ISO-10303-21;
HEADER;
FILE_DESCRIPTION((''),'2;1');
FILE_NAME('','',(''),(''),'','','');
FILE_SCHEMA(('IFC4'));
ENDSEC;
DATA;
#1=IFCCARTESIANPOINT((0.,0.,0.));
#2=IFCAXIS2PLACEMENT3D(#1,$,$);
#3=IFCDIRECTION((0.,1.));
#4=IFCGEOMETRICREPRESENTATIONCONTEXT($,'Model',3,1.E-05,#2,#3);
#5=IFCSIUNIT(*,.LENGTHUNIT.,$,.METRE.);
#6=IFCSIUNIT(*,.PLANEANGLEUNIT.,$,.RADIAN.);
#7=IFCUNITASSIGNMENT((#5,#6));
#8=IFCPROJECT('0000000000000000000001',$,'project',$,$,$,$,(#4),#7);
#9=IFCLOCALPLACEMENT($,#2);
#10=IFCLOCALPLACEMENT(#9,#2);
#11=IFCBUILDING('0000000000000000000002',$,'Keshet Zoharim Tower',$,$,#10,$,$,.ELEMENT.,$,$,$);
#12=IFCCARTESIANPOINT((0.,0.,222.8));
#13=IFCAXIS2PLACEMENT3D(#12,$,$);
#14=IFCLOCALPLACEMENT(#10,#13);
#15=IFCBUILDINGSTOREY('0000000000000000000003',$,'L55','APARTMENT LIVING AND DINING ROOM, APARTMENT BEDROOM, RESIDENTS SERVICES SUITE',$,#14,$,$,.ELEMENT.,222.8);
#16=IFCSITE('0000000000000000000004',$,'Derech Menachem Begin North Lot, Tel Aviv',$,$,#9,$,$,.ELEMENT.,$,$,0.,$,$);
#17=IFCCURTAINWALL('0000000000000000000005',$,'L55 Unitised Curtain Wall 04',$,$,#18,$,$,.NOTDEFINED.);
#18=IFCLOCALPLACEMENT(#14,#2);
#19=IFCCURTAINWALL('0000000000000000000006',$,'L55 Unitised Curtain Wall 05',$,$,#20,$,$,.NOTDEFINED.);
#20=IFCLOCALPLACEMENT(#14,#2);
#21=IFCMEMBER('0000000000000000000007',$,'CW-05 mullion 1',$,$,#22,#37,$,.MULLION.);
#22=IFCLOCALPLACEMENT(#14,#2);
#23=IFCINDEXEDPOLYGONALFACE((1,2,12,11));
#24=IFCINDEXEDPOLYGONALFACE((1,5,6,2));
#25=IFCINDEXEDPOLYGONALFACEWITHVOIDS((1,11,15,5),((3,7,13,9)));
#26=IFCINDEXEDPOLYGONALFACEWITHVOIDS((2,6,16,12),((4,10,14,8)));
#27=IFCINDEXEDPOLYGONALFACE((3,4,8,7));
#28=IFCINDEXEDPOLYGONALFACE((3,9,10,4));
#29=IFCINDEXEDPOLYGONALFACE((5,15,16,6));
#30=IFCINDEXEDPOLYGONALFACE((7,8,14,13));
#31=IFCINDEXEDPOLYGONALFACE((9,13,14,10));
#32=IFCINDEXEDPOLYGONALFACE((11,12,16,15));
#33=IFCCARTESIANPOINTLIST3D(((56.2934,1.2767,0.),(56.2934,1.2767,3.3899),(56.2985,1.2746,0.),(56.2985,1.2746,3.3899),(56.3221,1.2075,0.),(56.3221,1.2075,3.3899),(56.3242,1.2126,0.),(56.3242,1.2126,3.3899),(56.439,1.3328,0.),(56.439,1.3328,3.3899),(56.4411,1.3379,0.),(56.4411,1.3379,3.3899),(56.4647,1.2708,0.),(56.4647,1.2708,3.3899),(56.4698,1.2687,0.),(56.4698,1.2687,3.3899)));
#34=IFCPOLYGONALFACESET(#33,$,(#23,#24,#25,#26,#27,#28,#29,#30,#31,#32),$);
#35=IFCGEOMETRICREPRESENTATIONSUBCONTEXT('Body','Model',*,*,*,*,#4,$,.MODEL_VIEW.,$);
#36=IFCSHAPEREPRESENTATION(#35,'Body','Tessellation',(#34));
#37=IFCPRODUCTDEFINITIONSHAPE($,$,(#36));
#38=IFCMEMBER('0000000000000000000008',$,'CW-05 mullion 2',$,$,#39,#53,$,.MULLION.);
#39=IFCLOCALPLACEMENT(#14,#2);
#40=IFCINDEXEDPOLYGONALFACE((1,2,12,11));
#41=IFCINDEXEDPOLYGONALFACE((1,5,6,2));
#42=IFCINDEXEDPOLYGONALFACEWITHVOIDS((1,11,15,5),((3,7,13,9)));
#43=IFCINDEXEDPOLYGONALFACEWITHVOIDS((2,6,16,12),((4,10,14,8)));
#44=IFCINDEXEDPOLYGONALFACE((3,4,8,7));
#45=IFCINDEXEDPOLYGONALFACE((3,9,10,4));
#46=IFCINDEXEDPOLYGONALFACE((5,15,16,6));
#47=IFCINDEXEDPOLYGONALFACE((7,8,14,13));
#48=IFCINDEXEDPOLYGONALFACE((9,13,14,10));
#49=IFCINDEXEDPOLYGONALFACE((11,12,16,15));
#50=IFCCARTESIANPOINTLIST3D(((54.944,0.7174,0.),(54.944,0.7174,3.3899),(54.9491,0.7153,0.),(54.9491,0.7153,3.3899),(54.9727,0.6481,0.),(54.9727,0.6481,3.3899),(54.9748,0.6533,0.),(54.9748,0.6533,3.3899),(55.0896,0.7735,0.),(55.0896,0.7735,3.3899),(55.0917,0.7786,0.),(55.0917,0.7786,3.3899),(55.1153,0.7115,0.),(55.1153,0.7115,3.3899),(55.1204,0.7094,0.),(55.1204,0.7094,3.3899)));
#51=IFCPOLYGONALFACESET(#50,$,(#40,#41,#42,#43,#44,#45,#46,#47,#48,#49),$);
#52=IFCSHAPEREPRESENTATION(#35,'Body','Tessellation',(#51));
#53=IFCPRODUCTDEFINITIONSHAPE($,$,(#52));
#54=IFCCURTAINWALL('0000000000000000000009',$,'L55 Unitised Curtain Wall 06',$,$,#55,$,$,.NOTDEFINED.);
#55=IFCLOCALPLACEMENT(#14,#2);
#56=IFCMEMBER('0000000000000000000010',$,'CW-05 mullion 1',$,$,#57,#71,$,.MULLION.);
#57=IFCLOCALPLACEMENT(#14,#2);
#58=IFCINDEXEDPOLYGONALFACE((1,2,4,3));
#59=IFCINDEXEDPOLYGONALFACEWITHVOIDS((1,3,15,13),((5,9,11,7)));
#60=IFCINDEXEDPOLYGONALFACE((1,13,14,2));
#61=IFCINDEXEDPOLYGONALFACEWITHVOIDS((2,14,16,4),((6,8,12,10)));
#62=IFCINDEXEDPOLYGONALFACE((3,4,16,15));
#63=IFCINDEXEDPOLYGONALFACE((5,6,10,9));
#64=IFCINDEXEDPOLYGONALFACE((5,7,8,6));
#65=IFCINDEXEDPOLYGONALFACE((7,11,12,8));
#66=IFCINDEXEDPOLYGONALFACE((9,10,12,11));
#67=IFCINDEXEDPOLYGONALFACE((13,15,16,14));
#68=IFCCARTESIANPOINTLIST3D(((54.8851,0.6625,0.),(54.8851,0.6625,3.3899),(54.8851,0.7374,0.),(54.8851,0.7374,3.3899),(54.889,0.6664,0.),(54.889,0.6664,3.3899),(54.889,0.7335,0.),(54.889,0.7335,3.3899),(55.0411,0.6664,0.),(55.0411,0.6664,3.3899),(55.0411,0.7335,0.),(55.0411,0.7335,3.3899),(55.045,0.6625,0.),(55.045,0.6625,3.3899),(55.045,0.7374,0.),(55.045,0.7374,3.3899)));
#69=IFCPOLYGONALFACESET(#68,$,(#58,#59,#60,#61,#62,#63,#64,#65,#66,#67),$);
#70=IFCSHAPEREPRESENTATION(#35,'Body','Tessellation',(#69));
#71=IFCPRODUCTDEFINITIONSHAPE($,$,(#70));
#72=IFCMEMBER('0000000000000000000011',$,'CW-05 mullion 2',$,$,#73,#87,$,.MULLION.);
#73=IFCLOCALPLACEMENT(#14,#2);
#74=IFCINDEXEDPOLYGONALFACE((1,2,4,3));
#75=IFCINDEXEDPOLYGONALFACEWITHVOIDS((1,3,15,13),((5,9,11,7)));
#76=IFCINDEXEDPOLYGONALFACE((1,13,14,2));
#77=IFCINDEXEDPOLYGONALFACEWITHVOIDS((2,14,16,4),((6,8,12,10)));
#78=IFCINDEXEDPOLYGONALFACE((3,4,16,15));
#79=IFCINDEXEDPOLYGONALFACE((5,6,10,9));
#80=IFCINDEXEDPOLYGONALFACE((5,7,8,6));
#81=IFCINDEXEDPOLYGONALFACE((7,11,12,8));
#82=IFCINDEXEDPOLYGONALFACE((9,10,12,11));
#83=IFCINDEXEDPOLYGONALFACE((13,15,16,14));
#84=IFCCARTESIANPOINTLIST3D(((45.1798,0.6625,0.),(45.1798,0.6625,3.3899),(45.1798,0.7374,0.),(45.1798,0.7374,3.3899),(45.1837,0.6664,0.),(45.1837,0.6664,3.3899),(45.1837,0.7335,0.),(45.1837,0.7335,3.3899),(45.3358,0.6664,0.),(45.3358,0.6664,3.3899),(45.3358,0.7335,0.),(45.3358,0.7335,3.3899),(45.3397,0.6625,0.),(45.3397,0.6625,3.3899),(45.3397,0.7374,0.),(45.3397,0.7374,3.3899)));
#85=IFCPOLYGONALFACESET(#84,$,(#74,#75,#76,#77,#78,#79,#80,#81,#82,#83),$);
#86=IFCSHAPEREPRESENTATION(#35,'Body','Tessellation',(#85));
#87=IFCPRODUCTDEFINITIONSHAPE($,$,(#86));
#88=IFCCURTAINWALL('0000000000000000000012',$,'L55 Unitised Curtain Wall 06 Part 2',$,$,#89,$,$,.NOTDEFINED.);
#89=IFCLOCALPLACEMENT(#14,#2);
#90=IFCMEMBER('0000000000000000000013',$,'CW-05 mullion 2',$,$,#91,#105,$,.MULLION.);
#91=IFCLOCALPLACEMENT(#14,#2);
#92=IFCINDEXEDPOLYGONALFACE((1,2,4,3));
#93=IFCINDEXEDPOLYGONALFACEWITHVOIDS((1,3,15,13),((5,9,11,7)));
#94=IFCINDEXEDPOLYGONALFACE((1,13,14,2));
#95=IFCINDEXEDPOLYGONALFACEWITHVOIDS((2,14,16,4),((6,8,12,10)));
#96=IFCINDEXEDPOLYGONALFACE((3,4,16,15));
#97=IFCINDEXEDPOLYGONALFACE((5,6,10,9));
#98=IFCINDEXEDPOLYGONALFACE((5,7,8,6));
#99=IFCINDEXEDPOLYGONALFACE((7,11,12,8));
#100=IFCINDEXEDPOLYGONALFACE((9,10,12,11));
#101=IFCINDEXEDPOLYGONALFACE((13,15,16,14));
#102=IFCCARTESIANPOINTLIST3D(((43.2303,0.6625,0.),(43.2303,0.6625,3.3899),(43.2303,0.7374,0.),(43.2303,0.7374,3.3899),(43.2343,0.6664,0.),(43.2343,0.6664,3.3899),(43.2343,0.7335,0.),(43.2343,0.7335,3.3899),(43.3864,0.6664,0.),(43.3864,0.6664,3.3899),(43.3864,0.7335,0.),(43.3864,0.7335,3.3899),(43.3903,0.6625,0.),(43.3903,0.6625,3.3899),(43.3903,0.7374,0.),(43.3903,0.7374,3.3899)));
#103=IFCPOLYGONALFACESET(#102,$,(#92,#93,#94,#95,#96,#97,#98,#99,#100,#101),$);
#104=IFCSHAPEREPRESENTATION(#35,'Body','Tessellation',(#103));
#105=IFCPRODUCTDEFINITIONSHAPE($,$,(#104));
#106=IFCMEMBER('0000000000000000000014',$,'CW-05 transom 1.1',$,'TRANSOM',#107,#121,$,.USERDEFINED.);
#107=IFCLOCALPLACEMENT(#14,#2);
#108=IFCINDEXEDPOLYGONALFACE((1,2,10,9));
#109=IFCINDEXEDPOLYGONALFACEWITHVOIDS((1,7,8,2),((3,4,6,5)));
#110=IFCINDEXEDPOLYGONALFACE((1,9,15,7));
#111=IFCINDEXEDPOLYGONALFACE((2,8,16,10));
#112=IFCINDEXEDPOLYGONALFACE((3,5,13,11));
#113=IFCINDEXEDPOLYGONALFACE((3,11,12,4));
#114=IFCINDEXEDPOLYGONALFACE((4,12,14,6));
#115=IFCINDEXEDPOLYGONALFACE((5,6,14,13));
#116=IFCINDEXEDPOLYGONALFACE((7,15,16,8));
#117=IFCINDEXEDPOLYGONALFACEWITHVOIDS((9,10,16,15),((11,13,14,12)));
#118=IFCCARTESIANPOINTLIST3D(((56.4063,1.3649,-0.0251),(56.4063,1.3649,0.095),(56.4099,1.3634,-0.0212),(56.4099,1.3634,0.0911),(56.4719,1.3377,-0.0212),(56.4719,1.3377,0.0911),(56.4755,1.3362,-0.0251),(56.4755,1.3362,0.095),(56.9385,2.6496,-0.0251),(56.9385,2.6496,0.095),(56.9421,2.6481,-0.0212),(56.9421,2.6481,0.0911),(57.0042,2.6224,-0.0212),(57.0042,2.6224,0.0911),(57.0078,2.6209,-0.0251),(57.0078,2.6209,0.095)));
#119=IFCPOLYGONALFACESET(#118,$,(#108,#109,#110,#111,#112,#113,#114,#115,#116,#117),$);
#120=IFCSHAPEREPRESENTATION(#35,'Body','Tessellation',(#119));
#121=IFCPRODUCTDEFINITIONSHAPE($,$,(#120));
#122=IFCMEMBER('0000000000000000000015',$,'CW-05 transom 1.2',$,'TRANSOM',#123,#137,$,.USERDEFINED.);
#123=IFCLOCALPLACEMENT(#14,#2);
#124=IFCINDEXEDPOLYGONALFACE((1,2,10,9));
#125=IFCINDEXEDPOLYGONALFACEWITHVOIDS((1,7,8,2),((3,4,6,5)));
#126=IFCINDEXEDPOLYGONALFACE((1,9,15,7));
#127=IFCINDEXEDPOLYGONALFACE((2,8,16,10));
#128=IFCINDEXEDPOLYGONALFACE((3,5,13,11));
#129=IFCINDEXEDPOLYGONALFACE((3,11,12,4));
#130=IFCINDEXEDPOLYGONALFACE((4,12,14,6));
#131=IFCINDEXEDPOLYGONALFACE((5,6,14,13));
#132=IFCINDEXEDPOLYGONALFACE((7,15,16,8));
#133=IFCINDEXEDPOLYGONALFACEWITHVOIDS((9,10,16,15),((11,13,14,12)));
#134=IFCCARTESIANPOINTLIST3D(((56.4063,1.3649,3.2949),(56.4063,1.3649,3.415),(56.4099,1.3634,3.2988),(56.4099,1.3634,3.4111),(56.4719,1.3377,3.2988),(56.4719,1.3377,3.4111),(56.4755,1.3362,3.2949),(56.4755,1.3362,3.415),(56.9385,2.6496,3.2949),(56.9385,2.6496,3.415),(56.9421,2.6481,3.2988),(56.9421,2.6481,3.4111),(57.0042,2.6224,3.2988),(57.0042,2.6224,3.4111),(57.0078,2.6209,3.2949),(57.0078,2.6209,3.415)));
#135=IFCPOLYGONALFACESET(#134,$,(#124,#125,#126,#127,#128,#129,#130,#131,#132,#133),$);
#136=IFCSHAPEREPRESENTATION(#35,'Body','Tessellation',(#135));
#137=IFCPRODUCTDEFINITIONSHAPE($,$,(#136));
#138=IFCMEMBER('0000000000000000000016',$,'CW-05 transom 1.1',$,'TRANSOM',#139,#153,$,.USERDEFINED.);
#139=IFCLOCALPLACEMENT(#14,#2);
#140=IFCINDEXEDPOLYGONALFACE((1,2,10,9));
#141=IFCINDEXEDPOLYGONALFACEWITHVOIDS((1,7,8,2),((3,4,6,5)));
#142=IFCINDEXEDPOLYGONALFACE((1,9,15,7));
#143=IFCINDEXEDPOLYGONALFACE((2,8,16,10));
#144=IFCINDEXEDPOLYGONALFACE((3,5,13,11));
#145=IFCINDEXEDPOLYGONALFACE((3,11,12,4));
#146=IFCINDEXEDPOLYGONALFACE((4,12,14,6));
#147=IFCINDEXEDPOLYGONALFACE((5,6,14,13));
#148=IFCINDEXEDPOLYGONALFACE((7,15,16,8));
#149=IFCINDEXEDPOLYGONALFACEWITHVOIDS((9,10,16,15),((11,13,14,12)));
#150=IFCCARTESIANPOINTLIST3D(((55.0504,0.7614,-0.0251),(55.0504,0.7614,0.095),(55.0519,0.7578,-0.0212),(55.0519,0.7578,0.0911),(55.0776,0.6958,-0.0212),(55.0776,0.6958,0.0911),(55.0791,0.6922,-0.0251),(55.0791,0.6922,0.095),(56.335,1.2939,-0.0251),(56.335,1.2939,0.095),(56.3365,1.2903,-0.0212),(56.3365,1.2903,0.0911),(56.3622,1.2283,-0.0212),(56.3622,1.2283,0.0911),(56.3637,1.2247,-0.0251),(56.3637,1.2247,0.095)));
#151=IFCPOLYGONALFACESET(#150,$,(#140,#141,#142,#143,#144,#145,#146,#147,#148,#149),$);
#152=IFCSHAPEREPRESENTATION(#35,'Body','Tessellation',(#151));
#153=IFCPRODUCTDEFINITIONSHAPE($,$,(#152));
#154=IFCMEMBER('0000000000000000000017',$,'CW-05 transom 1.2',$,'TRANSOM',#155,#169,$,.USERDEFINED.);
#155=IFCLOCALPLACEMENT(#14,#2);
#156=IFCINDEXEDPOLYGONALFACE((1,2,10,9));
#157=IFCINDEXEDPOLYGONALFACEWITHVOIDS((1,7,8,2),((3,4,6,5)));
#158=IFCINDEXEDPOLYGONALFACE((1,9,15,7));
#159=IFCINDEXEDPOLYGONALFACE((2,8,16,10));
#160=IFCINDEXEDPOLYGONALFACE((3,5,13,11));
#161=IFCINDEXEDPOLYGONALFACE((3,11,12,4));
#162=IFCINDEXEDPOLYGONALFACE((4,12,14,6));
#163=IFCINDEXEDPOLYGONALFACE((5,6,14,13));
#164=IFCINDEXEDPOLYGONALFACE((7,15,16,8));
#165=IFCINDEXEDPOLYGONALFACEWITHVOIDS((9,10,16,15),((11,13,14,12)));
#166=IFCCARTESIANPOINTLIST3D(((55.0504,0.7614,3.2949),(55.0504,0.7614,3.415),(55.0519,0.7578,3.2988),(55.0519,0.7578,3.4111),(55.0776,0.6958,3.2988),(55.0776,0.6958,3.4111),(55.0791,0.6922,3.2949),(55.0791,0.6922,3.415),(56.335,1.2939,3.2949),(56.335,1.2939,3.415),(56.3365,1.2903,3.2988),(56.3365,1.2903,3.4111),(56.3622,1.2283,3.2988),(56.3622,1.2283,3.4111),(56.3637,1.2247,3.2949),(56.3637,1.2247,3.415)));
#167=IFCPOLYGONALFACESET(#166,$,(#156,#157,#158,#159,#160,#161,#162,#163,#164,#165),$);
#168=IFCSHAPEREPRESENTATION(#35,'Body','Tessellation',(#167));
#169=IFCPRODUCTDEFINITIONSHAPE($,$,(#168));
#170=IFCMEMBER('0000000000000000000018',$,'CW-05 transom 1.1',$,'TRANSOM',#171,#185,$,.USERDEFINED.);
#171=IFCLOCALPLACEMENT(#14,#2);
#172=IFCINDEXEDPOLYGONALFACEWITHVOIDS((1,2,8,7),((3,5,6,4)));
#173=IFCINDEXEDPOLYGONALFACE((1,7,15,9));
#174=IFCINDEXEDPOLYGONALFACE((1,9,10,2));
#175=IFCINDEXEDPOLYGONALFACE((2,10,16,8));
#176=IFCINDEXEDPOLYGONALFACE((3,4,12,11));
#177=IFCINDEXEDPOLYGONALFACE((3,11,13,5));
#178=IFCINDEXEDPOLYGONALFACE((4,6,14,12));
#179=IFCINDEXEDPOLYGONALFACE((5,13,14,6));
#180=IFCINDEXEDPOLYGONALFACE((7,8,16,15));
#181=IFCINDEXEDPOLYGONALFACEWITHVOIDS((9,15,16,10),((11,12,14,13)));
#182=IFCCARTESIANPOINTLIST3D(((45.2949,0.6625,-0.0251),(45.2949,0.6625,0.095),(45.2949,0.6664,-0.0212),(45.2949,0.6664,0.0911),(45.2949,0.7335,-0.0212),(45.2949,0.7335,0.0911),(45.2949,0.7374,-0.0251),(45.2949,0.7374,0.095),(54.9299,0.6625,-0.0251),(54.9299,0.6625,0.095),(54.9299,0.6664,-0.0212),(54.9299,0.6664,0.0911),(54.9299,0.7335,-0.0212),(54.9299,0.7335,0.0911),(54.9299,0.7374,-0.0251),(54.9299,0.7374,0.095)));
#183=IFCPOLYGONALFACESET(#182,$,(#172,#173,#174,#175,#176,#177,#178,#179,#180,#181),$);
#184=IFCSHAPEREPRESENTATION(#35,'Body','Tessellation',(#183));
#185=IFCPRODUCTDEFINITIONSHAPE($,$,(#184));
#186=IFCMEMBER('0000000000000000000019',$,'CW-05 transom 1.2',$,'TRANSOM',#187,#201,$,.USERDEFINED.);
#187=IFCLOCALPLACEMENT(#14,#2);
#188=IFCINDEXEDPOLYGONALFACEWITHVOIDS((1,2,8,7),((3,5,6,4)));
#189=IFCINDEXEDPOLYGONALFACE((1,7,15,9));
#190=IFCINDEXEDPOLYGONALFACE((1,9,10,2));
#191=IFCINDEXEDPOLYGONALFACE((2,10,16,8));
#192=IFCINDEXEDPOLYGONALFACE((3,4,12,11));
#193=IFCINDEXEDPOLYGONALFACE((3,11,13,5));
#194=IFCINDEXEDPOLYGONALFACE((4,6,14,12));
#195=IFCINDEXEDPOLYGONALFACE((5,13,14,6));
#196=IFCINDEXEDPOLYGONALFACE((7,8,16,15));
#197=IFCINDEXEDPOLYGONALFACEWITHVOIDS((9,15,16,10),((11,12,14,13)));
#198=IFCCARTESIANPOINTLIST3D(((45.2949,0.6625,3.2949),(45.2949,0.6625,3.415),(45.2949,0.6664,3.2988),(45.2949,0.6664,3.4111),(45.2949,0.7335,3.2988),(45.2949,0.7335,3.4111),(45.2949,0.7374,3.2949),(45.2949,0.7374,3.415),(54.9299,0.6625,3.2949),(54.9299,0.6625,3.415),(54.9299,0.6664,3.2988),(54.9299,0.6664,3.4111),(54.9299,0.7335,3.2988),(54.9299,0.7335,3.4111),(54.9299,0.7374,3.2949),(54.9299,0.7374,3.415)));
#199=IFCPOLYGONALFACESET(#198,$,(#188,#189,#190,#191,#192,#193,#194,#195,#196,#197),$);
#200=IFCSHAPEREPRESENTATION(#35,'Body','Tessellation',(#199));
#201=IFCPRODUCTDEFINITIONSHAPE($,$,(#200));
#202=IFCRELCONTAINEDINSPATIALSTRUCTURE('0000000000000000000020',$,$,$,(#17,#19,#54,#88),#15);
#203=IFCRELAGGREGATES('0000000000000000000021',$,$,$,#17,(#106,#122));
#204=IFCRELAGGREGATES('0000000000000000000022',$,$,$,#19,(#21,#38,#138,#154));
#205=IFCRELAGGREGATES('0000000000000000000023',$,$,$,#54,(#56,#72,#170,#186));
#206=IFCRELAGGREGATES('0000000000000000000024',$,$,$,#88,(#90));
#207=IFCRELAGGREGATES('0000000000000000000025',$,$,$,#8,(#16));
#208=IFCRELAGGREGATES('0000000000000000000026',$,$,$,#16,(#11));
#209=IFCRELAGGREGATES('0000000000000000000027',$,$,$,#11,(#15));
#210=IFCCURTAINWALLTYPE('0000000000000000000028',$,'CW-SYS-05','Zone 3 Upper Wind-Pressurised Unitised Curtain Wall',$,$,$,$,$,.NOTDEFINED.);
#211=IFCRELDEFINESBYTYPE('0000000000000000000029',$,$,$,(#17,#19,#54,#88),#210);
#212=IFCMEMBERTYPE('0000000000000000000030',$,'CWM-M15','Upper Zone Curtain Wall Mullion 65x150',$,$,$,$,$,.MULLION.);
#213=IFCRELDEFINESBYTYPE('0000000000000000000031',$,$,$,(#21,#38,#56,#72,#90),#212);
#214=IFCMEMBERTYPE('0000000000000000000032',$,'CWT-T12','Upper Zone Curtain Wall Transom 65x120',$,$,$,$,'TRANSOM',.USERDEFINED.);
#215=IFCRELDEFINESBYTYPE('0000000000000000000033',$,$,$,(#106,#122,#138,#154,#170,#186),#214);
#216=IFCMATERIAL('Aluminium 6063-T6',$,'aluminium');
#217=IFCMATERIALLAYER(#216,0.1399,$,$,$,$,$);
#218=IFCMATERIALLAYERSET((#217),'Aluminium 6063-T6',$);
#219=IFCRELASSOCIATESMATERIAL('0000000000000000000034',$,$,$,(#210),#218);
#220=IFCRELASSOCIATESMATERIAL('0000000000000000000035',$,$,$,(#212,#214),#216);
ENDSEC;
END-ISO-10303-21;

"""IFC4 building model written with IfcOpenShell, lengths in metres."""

from ifc_helpers import new_model, si_unit, direction, frame, origin, origin_2d, place, context, subcontext, project, spatial, hollow_rectangle, extrude, material, layer, layer_set, material_profile, profile_set, type_object, element, aggregate, save


model = new_model("IFC4")

# Units and contexts
model_context = context("Model", 3, precision=1e-05, world=origin(), true_north=direction((0.0, 1.0)))
body_context = subcontext(model_context, "Body", "Model", "MODEL_VIEW")
ifc_project = project(units=[si_unit("LENGTHUNIT", "METRE"), si_unit("PLANEANGLEUNIT", "RADIAN")], contexts=[model_context])

# Site, building, storey
site_placement = place(None, origin())
site = spatial("IfcSite", under=ifc_project, at=site_placement, Name="Derech Menachem Begin North Lot, Tel Aviv", CompositionType="ELEMENT", RefElevation=0.0)
building_placement = place(site_placement, origin())
building = spatial("IfcBuilding", under=site, at=building_placement, Name="Keshet Zoharim Tower", CompositionType="ELEMENT")
storey_placement = place(building_placement, frame((0.0, 0.0, 222.8)))
storey = spatial("IfcBuildingStorey", under=building, at=storey_placement, Name="L55", Description="APARTMENT LIVING AND DINING ROOM, APARTMENT BEDROOM, RESIDENTS SERVICES SUITE", CompositionType="ELEMENT", Elevation=222.8)

# Shared definitions
ifc_material_1 = material(Name="Aluminium 6063-T6", Category="aluminium")
ifc_layer_1 = layer(ifc_material_1, 0.1399)
ifc_layer_set_1 = layer_set([ifc_layer_1], Name="Aluminium 6063-T6")
curtain_wall_type = type_object("IfcCurtainWallType", Name="CW-SYS-05", Description="Zone 3 Upper Wind-Pressurised Unitised Curtain Wall", PredefinedType="NOTDEFINED", material=ifc_layer_set_1)
ifc_material_profile_1 = material_profile(ifc_material_1, hollow_rectangle(XDim=0.075, YDim=0.1599, WallThickness=0.0039, at=origin_2d()), Name="MUL-75x160")
ifc_profile_set_1 = profile_set([ifc_material_profile_1], Name="Aluminium 6063-T6")
member_type_1 = type_object("IfcMemberType", Name="CWM-M15", Description="Upper Zone Curtain Wall Mullion 65x150", PredefinedType="MULLION", material=ifc_profile_set_1)

# Curtain walls, members
curtain_wall_1_placement = place(storey_placement, origin())
curtain_wall_1 = element("IfcCurtainWall", 1, at=curtain_wall_1_placement, inside=storey, type_object=curtain_wall_type, Name="L55 Unitised Curtain Wall 04", PredefinedType="NOTDEFINED")
curtain_wall_2_placement = place(storey_placement, origin())
curtain_wall_2 = element("IfcCurtainWall", 2, at=curtain_wall_2_placement, inside=storey, type_object=curtain_wall_type, Name="L55 Unitised Curtain Wall 05", PredefinedType="NOTDEFINED")
member_1_placement = place(storey_placement, frame((56.3816, 1.2727, 0.0), z_axis=(0.0, 0.0, 1.0), x_axis=(0.382852, -0.92381, 0.0)))
member_1 = element("IfcMember", 3, at=member_1_placement, type_object=member_type_1, Name="CW-05 mullion 1", PredefinedType="MULLION", context=body_context, shape_type="SweptSolid", body=[
    extrude(hollow_rectangle(XDim=0.075, YDim=0.1599, WallThickness=0.0039, at=origin_2d()), origin(), (0.0, 0.0, 1.0), 3.3899),
])
member_2_placement = place(storey_placement, frame((55.0322, 0.7134, 0.0), z_axis=(0.0, 0.0, 1.0), x_axis=(0.382852, -0.92381, 0.0)))
member_2 = element("IfcMember", 4, at=member_2_placement, type_object=member_type_1, Name="CW-05 mullion 2", PredefinedType="MULLION", context=body_context, shape_type="SweptSolid", body=[
    extrude(hollow_rectangle(XDim=0.075, YDim=0.1599, WallThickness=0.0039, at=origin_2d()), origin(), (0.0, 0.0, 1.0), 3.3899),
])
curtain_wall_3_placement = place(storey_placement, origin())
curtain_wall_3 = element("IfcCurtainWall", 5, at=curtain_wall_3_placement, inside=storey, type_object=curtain_wall_type, Name="L55 Unitised Curtain Wall 06", PredefinedType="NOTDEFINED")
member_3_placement = place(storey_placement, frame((54.9651, 0.7, 0.0), z_axis=(0.0, 0.0, 1.0), x_axis=(0.0, -1.0, 0.0)))
member_3 = element("IfcMember", 6, at=member_3_placement, type_object=member_type_1, Name="CW-05 mullion 1", PredefinedType="MULLION", context=body_context, shape_type="SweptSolid", body=[
    extrude(hollow_rectangle(XDim=0.075, YDim=0.1599, WallThickness=0.0039, at=origin_2d()), origin(), (0.0, 0.0, 1.0), 3.3899),
])
member_4_placement = place(storey_placement, frame((45.2598, 0.7, 0.0), z_axis=(0.0, 0.0, 1.0), x_axis=(0.0, -1.0, 0.0)))
member_4 = element("IfcMember", 7, at=member_4_placement, type_object=member_type_1, Name="CW-05 mullion 2", PredefinedType="MULLION", context=body_context, shape_type="SweptSolid", body=[
    extrude(hollow_rectangle(XDim=0.075, YDim=0.1599, WallThickness=0.0039, at=origin_2d()), origin(), (0.0, 0.0, 1.0), 3.3899),
])

# Curtain wall, member
curtain_wall_4_placement = place(storey_placement, origin())
curtain_wall_4 = element("IfcCurtainWall", 8, at=curtain_wall_4_placement, inside=storey, type_object=curtain_wall_type, Name="L55 Unitised Curtain Wall 06 Part 2", PredefinedType="NOTDEFINED")
member_5_placement = place(storey_placement, frame((43.3103, 0.7, 0.0), z_axis=(0.0, 0.0, 1.0), x_axis=(0.0, -1.0, 0.0)))
member_5 = element("IfcMember", 9, at=member_5_placement, type_object=member_type_1, Name="CW-05 mullion 2", PredefinedType="MULLION", context=body_context, shape_type="SweptSolid", body=[
    extrude(hollow_rectangle(XDim=0.075, YDim=0.1599, WallThickness=0.0039, at=origin_2d()), origin(), (0.0, 0.0, 1.0), 3.3899),
])

# Members
ifc_material_profile_2 = material_profile(ifc_material_1, hollow_rectangle(XDim=0.075, YDim=0.1201, WallThickness=0.0039, at=origin_2d()), Name="TRN-75x120")
ifc_profile_set_2 = profile_set([ifc_material_profile_2], Name="Aluminium 6063-T6")
member_type_2 = type_object("IfcMemberType", Name="CWT-T12", Description="Upper Zone Curtain Wall Transom 65x120", ElementType="TRANSOM", PredefinedType="USERDEFINED", material=ifc_profile_set_2)
member_6_placement = place(storey_placement, frame((56.9731, 2.6353, 0.0349), z_axis=(-0.382745, -0.923854, 0.0), x_axis=(0.923854, -0.382745, 0.0)))
member_6 = element("IfcMember", 10, at=member_6_placement, type_object=member_type_2, Name="CW-05 transom 1.1", ObjectType="TRANSOM", PredefinedType="USERDEFINED", context=body_context, shape_type="SweptSolid", body=[
    extrude(hollow_rectangle(XDim=0.075, YDim=0.1201, WallThickness=0.0039, at=origin_2d()), origin(), (0.0, 0.0, 1.0), 1.3906),
])
member_7_placement = place(storey_placement, frame((56.9731, 2.6353, 3.355), z_axis=(-0.382745, -0.923854, 0.0), x_axis=(0.923854, -0.382745, 0.0)))
member_7 = element("IfcMember", 11, at=member_7_placement, type_object=member_type_2, Name="CW-05 transom 1.2", ObjectType="TRANSOM", PredefinedType="USERDEFINED", context=body_context, shape_type="SweptSolid", body=[
    extrude(hollow_rectangle(XDim=0.075, YDim=0.1201, WallThickness=0.0039, at=origin_2d()), origin(), (0.0, 0.0, 1.0), 1.3906),
])
member_8_placement = place(storey_placement, frame((56.3494, 1.2593, 0.0349), z_axis=(-0.923792, -0.382894, 0.0), x_axis=(0.382894, -0.923792, 0.0)))
member_8 = element("IfcMember", 12, at=member_8_placement, type_object=member_type_2, Name="CW-05 transom 1.1", ObjectType="TRANSOM", PredefinedType="USERDEFINED", context=body_context, shape_type="SweptSolid", body=[
    extrude(hollow_rectangle(XDim=0.075, YDim=0.1201, WallThickness=0.0039, at=origin_2d()), origin(), (0.0, 0.0, 1.0), 1.3906),
])
member_9_placement = place(storey_placement, frame((56.3494, 1.2593, 3.355), z_axis=(-0.923792, -0.382894, 0.0), x_axis=(0.382894, -0.923792, 0.0)))
member_9 = element("IfcMember", 13, at=member_9_placement, type_object=member_type_2, Name="CW-05 transom 1.2", ObjectType="TRANSOM", PredefinedType="USERDEFINED", context=body_context, shape_type="SweptSolid", body=[
    extrude(hollow_rectangle(XDim=0.075, YDim=0.1201, WallThickness=0.0039, at=origin_2d()), origin(), (0.0, 0.0, 1.0), 1.3906),
])
member_10_placement = place(storey_placement, frame((54.9299, 0.7, 0.0349), z_axis=(-1.0, 0.0, 0.0), x_axis=(0.0, -1.0, 0.0)))
member_10 = element("IfcMember", 14, at=member_10_placement, type_object=member_type_2, Name="CW-05 transom 1.1", ObjectType="TRANSOM", PredefinedType="USERDEFINED", context=body_context, shape_type="SweptSolid", body=[
    extrude(hollow_rectangle(XDim=0.075, YDim=0.1201, WallThickness=0.0039, at=origin_2d()), origin(), (0.0, 0.0, 1.0), 9.635),
])
member_11_placement = place(storey_placement, frame((54.9299, 0.7, 3.355), z_axis=(-1.0, 0.0, 0.0), x_axis=(0.0, -1.0, 0.0)))
member_11 = element("IfcMember", 15, at=member_11_placement, type_object=member_type_2, Name="CW-05 transom 1.2", ObjectType="TRANSOM", PredefinedType="USERDEFINED", context=body_context, shape_type="SweptSolid", body=[
    extrude(hollow_rectangle(XDim=0.075, YDim=0.1201, WallThickness=0.0039, at=origin_2d()), origin(), (0.0, 0.0, 1.0), 9.635),
])

aggregate(curtain_wall_1, [member_6, member_7])
aggregate(curtain_wall_2, [member_1, member_2, member_8, member_9])
aggregate(curtain_wall_3, [member_3, member_4, member_10, member_11])
aggregate(curtain_wall_4, [member_5])

save(model, "model.ifc")
